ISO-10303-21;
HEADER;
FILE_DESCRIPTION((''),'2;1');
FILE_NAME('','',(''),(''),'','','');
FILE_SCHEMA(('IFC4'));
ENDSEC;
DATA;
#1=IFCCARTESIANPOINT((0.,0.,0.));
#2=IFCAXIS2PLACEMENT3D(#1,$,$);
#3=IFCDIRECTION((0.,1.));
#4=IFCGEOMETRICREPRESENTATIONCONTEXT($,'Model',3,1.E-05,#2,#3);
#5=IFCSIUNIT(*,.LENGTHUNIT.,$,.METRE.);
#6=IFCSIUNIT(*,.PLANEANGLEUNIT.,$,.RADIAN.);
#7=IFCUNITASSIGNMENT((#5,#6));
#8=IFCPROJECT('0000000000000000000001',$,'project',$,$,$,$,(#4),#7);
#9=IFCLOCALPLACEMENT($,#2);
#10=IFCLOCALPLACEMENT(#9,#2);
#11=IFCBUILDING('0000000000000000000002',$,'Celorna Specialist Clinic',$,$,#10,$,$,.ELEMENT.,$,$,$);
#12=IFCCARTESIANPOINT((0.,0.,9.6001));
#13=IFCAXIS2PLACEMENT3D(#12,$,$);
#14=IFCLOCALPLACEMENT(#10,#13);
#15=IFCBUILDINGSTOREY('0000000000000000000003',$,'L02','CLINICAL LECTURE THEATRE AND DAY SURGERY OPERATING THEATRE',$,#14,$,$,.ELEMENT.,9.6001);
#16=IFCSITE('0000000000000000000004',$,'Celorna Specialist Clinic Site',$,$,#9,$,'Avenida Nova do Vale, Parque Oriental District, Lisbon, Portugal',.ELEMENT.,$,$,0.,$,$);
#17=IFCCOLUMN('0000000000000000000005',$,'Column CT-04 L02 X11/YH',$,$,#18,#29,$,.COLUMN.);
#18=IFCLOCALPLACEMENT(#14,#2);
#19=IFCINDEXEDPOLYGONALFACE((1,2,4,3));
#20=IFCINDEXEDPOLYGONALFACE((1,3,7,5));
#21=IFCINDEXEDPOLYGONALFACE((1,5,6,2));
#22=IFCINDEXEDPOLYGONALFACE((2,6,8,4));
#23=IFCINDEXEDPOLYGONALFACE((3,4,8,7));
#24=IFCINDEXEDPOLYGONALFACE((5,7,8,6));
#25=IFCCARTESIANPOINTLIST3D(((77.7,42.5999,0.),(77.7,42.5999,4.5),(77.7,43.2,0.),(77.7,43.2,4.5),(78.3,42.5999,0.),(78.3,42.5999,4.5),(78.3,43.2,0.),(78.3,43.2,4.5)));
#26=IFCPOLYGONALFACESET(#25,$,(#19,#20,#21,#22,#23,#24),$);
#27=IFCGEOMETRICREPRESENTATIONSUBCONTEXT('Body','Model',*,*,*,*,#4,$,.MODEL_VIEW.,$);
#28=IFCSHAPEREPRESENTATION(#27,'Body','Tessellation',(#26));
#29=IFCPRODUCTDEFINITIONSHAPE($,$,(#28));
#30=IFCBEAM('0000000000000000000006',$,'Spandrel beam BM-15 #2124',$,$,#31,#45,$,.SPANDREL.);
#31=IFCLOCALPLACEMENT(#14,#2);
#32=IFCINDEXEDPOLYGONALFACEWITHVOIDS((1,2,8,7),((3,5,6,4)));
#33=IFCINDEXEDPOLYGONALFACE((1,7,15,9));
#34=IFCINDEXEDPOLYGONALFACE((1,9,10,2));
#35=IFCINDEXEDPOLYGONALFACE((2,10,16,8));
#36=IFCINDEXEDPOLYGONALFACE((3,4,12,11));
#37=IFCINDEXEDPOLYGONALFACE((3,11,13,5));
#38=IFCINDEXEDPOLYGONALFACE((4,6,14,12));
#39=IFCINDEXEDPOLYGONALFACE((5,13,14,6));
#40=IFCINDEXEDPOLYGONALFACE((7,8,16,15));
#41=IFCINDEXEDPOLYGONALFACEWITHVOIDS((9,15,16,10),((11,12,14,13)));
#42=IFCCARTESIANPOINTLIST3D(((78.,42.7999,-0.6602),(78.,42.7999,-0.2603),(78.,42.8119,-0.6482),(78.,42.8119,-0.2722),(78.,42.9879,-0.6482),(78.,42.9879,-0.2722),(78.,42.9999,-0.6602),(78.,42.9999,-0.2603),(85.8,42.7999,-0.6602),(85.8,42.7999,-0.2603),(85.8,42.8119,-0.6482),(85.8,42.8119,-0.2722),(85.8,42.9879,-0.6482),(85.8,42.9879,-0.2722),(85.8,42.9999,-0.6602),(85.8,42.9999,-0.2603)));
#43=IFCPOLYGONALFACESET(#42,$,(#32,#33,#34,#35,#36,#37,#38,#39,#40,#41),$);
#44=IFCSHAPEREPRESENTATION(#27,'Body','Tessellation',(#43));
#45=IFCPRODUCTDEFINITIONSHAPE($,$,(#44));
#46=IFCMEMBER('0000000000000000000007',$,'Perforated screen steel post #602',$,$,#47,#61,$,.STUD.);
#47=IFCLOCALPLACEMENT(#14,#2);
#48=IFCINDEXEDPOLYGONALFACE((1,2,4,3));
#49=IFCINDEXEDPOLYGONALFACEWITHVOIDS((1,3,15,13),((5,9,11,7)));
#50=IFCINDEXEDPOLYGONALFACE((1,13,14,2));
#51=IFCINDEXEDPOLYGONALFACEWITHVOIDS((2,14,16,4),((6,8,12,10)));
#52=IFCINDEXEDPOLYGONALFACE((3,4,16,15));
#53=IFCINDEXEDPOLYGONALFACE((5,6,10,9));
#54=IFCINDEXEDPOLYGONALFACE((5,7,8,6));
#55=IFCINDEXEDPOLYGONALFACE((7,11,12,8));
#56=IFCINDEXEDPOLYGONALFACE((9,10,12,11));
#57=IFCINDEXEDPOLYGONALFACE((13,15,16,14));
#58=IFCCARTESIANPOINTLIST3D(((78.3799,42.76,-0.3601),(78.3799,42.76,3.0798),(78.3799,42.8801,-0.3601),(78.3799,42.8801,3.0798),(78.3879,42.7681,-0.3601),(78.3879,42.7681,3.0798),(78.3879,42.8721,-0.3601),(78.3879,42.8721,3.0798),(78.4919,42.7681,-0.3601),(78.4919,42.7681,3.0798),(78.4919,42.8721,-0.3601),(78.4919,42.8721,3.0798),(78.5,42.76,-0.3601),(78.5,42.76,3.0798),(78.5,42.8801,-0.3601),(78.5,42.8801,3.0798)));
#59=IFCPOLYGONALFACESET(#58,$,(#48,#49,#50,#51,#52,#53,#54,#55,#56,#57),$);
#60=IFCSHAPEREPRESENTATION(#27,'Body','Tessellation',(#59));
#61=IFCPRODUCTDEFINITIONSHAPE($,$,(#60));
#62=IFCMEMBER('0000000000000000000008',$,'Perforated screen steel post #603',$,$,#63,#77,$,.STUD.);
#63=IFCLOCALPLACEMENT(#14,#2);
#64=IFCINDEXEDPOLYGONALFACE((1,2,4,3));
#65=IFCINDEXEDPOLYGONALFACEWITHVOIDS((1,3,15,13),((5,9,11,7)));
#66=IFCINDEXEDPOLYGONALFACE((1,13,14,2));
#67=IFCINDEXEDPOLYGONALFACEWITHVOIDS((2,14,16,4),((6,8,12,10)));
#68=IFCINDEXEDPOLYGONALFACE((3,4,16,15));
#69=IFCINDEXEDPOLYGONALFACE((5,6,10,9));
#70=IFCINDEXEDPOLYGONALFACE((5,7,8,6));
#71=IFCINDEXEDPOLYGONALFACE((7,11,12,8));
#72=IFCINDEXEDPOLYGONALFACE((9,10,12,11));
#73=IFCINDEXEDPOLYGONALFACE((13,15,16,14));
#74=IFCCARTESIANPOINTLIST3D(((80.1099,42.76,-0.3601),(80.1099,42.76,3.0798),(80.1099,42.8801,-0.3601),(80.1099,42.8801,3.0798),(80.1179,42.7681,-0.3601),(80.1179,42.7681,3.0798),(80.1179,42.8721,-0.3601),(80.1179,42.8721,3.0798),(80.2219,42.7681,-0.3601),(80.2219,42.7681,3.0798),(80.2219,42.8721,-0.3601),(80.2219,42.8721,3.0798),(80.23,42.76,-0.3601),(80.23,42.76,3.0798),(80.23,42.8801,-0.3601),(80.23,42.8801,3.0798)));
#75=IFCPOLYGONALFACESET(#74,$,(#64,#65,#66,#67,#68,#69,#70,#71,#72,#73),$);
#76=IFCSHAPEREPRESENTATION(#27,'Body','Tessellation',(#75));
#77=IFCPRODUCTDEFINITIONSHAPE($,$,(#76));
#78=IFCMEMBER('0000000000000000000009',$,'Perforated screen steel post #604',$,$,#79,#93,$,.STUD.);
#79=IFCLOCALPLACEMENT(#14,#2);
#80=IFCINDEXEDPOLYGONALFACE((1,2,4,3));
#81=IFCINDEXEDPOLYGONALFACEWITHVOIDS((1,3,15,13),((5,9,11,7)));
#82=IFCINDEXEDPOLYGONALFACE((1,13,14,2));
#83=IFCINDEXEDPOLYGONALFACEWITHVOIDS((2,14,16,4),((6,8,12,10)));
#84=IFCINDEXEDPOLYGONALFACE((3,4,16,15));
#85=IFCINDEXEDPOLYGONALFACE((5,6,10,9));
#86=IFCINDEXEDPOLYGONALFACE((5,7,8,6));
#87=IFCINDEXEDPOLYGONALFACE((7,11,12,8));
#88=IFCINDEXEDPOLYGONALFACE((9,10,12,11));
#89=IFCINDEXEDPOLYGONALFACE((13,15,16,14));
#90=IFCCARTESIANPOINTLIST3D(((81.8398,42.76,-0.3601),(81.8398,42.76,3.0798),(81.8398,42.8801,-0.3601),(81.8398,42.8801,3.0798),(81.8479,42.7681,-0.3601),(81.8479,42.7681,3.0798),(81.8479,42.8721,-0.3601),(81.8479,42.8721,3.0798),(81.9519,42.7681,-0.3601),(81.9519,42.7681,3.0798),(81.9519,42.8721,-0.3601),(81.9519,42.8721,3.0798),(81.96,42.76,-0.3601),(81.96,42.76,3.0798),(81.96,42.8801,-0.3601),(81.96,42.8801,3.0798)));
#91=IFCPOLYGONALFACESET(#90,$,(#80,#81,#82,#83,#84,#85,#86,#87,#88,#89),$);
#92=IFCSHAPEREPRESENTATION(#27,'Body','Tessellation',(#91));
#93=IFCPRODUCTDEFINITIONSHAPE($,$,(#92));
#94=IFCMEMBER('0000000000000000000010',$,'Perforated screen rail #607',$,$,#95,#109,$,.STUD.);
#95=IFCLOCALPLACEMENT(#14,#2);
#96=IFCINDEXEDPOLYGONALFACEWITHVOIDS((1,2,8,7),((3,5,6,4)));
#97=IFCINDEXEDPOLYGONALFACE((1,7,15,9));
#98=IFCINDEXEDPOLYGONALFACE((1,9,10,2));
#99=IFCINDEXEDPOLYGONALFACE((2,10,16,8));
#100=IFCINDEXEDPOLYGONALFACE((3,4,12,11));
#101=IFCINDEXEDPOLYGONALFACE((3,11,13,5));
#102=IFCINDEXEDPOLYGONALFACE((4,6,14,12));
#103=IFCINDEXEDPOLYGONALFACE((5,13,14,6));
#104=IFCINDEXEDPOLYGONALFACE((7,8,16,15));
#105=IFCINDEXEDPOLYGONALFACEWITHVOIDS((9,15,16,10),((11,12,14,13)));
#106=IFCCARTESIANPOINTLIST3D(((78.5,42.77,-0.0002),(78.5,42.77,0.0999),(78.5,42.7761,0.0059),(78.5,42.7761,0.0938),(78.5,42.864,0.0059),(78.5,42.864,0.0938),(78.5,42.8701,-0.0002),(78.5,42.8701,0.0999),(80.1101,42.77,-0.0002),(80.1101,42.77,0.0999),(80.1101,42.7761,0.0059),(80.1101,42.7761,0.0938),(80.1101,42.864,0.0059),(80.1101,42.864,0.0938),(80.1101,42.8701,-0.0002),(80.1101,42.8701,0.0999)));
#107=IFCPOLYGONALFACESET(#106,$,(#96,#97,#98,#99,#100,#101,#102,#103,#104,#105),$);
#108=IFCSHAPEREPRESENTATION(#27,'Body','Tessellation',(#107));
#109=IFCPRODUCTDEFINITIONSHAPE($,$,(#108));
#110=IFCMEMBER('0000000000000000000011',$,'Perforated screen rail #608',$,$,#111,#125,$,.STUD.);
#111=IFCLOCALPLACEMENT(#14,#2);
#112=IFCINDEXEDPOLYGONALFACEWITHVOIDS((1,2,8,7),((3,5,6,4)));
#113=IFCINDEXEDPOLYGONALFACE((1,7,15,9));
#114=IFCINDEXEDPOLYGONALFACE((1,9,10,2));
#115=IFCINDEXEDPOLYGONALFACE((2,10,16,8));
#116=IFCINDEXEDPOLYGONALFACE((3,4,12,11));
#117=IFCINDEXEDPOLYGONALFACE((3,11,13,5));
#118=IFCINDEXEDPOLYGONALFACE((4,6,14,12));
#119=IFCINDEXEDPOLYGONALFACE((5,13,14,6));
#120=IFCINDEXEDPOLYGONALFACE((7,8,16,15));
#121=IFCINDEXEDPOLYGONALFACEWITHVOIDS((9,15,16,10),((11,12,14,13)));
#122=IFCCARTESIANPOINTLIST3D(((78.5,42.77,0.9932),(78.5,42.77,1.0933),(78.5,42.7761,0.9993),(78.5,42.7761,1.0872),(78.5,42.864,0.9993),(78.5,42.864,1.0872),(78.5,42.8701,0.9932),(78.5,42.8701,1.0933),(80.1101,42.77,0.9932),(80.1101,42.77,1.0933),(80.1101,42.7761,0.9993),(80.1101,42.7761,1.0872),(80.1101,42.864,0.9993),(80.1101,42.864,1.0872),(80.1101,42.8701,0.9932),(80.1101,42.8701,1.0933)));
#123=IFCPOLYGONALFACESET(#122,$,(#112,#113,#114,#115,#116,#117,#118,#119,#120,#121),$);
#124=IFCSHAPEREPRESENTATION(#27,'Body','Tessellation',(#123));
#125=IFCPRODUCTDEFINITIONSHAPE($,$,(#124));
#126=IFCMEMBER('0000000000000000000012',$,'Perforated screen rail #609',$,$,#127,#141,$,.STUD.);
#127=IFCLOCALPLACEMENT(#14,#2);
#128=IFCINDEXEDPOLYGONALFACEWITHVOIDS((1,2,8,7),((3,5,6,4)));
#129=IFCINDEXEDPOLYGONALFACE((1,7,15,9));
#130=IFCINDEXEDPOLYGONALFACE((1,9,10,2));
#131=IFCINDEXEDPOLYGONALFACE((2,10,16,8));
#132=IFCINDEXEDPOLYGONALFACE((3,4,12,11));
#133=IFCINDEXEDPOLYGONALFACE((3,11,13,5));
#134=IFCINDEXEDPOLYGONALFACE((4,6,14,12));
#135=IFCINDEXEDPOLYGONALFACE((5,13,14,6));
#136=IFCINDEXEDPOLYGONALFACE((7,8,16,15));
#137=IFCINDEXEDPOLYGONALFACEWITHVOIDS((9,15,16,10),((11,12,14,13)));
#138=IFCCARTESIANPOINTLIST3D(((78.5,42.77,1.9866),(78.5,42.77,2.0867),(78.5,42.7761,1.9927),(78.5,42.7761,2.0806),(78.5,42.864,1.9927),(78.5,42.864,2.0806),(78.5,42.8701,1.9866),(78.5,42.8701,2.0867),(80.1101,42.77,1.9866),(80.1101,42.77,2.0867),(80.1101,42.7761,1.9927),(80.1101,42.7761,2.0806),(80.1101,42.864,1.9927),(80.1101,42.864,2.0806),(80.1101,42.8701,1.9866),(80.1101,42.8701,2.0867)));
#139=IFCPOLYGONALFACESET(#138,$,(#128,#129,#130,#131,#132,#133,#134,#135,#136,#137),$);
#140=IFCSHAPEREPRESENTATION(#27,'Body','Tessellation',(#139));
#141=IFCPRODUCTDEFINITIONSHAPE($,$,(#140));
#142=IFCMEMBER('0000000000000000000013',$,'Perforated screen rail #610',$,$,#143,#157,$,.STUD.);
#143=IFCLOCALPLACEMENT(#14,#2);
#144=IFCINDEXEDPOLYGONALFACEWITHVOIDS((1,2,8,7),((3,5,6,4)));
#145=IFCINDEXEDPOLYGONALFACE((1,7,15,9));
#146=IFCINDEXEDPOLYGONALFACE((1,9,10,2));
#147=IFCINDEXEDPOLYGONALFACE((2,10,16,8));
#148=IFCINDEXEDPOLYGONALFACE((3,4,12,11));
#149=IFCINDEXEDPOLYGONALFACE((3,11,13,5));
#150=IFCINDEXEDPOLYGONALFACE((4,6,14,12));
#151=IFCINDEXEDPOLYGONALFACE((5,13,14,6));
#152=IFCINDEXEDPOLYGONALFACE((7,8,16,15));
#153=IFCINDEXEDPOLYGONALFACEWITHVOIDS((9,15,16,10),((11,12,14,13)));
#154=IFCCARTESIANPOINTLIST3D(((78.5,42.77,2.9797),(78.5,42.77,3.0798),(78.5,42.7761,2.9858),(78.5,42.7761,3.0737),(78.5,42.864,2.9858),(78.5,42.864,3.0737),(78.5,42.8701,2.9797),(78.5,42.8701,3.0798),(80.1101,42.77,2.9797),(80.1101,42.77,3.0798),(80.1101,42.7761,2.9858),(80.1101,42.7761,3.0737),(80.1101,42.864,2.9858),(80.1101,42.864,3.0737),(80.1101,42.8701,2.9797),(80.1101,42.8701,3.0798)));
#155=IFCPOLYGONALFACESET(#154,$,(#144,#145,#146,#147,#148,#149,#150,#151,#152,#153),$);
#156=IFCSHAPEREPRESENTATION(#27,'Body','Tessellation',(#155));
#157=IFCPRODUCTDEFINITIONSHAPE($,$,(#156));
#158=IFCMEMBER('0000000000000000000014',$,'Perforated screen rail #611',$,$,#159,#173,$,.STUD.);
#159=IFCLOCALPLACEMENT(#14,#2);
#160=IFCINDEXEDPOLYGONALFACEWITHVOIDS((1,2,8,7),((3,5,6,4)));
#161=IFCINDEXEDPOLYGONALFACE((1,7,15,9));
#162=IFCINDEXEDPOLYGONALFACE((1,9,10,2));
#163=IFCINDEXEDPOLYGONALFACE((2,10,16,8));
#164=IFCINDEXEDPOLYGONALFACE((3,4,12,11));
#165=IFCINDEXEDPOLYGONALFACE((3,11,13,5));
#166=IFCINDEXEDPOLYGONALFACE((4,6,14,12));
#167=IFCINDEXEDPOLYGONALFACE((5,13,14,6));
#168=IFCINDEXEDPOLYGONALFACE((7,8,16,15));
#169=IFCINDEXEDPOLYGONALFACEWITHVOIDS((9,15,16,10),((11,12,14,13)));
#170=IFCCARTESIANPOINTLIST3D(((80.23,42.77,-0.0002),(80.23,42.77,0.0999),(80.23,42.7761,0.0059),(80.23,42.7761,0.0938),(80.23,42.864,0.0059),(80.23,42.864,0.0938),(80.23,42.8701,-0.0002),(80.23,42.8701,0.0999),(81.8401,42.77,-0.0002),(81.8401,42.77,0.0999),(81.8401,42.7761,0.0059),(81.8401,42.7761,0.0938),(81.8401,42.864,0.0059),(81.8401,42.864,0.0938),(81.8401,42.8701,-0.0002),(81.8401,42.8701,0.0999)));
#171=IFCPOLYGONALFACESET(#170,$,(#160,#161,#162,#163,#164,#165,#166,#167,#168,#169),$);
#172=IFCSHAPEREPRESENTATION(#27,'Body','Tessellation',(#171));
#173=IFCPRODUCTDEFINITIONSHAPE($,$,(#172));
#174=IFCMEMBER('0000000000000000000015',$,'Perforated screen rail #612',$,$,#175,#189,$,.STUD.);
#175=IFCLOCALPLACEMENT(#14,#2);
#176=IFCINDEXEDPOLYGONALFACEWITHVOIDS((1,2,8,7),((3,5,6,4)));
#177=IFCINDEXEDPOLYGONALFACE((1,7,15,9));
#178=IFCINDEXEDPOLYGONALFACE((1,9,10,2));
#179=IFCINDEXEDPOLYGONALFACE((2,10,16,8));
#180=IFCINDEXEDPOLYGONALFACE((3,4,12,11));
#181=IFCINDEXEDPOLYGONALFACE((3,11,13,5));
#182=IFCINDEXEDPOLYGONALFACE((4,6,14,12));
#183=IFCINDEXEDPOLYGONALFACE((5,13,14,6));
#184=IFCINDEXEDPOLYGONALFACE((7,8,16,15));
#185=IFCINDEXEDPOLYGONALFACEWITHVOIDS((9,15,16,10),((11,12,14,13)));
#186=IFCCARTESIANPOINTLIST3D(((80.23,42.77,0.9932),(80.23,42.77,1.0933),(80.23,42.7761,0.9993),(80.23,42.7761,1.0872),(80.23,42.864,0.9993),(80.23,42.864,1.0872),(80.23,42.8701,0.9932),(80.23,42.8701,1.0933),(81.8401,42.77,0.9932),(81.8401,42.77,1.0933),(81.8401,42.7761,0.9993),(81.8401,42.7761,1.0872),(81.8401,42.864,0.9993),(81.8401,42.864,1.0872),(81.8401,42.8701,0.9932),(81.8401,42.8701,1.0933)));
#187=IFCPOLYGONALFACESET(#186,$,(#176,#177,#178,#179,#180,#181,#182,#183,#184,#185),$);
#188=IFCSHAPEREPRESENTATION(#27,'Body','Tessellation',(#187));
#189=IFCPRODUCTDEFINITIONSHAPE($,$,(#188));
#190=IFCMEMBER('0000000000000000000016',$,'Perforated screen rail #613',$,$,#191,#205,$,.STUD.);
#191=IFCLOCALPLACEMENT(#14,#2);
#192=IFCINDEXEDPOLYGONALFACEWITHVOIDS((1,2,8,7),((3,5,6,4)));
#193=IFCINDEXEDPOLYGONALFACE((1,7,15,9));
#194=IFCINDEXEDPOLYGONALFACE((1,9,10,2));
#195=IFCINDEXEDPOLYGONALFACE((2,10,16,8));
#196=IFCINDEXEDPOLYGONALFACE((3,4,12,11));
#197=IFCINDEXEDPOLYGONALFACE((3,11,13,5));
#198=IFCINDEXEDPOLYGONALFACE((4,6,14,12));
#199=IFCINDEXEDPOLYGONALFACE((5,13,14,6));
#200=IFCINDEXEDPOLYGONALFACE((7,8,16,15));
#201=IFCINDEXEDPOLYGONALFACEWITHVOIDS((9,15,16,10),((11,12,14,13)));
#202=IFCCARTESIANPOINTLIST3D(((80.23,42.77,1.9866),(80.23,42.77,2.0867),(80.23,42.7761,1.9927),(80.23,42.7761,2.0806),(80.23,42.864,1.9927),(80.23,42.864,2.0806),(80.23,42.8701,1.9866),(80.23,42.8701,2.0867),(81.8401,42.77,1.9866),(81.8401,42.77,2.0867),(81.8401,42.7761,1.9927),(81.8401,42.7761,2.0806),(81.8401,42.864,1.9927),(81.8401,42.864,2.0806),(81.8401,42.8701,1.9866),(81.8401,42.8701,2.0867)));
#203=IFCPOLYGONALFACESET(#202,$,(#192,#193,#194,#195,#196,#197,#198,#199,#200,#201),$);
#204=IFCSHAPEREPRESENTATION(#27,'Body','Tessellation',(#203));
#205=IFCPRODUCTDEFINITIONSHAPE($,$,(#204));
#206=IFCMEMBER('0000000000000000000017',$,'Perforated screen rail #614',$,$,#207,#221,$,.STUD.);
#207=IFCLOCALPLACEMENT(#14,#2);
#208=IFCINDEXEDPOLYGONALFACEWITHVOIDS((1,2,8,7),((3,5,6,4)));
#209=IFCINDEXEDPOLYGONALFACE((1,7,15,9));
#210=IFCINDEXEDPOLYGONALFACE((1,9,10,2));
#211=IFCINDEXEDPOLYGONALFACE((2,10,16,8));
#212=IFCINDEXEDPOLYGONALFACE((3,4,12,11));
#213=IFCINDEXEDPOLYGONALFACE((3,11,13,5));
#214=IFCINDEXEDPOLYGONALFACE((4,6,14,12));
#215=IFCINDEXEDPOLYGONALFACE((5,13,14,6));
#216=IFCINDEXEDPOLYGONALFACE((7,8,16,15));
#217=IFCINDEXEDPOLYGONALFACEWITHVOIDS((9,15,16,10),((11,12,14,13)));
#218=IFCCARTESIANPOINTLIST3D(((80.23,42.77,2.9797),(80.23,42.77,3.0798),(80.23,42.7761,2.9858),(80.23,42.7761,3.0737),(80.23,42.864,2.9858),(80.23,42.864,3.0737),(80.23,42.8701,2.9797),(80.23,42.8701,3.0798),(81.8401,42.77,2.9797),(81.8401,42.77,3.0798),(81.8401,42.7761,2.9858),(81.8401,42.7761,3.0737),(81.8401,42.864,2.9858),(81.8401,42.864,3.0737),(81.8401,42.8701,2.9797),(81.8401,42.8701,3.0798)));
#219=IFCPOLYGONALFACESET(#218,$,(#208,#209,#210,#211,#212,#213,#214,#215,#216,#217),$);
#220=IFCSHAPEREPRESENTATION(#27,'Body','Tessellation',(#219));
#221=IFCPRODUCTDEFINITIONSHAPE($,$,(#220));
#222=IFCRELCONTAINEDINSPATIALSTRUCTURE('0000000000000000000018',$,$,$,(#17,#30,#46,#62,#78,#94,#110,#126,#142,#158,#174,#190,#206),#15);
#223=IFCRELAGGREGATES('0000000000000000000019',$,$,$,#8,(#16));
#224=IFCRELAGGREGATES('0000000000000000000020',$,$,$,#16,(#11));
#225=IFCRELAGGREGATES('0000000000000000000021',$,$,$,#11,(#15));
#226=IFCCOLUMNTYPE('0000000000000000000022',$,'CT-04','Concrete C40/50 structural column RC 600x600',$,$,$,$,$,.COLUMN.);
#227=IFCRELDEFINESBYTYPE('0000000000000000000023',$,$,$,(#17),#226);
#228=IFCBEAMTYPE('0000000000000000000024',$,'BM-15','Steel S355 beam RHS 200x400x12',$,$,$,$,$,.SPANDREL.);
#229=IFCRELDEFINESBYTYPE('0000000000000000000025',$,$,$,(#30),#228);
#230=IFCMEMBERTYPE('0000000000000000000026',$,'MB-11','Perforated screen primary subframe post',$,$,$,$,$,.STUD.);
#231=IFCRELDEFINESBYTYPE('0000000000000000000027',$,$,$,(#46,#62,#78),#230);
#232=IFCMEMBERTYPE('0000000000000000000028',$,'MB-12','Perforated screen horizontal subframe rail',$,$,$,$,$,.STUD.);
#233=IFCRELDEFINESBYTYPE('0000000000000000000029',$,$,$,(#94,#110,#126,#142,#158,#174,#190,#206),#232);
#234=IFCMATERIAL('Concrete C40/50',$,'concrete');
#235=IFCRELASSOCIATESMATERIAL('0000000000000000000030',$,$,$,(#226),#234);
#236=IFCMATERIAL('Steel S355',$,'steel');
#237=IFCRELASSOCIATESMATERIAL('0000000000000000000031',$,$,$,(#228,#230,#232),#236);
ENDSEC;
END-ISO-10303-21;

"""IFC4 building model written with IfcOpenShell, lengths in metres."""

from ifc_helpers import new_model, si_unit, direction, frame, origin, origin_2d, place, context, subcontext, project, spatial, rectangle, hollow_rectangle, extrude, material, material_profile, profile_set, type_object, element, save


model = new_model("IFC4")

# Units and contexts
model_context = context("Model", 3, precision=1e-05, world=origin(), true_north=direction((0.0, 1.0)))
body_context = subcontext(model_context, "Body", "Model", "MODEL_VIEW")
ifc_project = project(units=[si_unit("LENGTHUNIT", "METRE"), si_unit("PLANEANGLEUNIT", "RADIAN")], contexts=[model_context])

# Site, building, storey
site_placement = place(None, origin())
site = spatial("IfcSite", under=ifc_project, at=site_placement, Name="Celorna Specialist Clinic Site", LongName="Avenida Nova do Vale, Parque Oriental District, Lisbon, Portugal", CompositionType="ELEMENT", RefElevation=0.0)
building_placement = place(site_placement, origin())
building = spatial("IfcBuilding", under=site, at=building_placement, Name="Celorna Specialist Clinic", CompositionType="ELEMENT")
storey_placement = place(building_placement, frame((0.0, 0.0, 9.6001)))
storey = spatial("IfcBuildingStorey", under=building, at=storey_placement, Name="L02", Description="CLINICAL LECTURE THEATRE AND DAY SURGERY OPERATING THEATRE", CompositionType="ELEMENT", Elevation=9.6001)

# Column
ifc_material_1 = material(Name="Concrete C40/50", Category="concrete")
ifc_material_profile_1 = material_profile(ifc_material_1, rectangle(XDim=0.6001, YDim=0.6001, at=origin_2d()), Name="RC 600x600")
ifc_profile_set_1 = profile_set([ifc_material_profile_1], Name="Concrete C40/50")
column_type = type_object("IfcColumnType", Name="CT-04", Description="Concrete C40/50 structural column RC 600x600", PredefinedType="COLUMN", material=ifc_profile_set_1)
column_placement = place(storey_placement, frame((78.0, 42.8999, 0.0), z_axis=(0.0, 0.0, 1.0), x_axis=(1.0, 0.0, 0.0)))
element("IfcColumn", 1, at=column_placement, inside=storey, type_object=column_type, Name="Column CT-04 L02 X11/YH", PredefinedType="COLUMN", context=body_context, shape_type="SweptSolid", body=[
    extrude(rectangle(XDim=0.6001, YDim=0.6001, at=origin_2d()), origin(), (0.0, 0.0, 1.0), 4.5),
])

# Beam
ifc_material_2 = material(Name="Steel S355", Category="steel")
ifc_material_profile_2 = material_profile(ifc_material_2, hollow_rectangle(XDim=0.2, YDim=0.3999, WallThickness=0.012, at=origin_2d()), Name="RHS 200x400x12")
ifc_profile_set_2 = profile_set([ifc_material_profile_2], Name="Steel S355")
beam_type = type_object("IfcBeamType", Name="BM-15", Description="Steel S355 beam RHS 200x400x12", PredefinedType="SPANDREL", material=ifc_profile_set_2)
beam_placement = place(storey_placement, frame((78.0, 42.8999, -0.4602), z_axis=(1.0, 0.0, 0.0), x_axis=(0.0, 1.0, 0.0)))
element("IfcBeam", 2, at=beam_placement, inside=storey, type_object=beam_type, Name="Spandrel beam BM-15 #2124", PredefinedType="SPANDREL", context=body_context, shape_type="SweptSolid", body=[
    extrude(hollow_rectangle(XDim=0.2, YDim=0.3999, WallThickness=0.012, at=origin_2d()), origin(), (0.0, 0.0, 1.0), 7.8),
])

# Members
ifc_material_profile_3 = material_profile(ifc_material_2, hollow_rectangle(XDim=0.1201, YDim=0.1201, WallThickness=0.0081, at=origin_2d()), Name="SHS 120x120x8")
ifc_profile_set_3 = profile_set([ifc_material_profile_3], Name="Steel S355")
member_type_1 = type_object("IfcMemberType", Name="MB-11", Description="Perforated screen primary subframe post", PredefinedType="STUD", material=ifc_profile_set_3)
for number, where, z_axis, x_axis, name in (
    (3, (78.4399, 42.8201, -0.3601), (0.0, 0.0, 1.0), (1.0, 0.0, 0.0), "Perforated screen steel post #602"),
    (4, (80.1699, 42.8201, -0.3601), (0.0, 0.0, 1.0), (1.0, 0.0, 0.0), "Perforated screen steel post #603"),
    (5, (81.8999, 42.8201, -0.3601), (0.0, 0.0, 1.0), (1.0, 0.0, 0.0), "Perforated screen steel post #604"),
):
    element("IfcMember", number, at=place(storey_placement, frame(where, z_axis=z_axis, x_axis=x_axis)), inside=storey, type_object=member_type_1, Name=name, PredefinedType="STUD", context=body_context, shape_type="SweptSolid", body=[
        extrude(hollow_rectangle(XDim=0.1201, YDim=0.1201, WallThickness=0.0081, at=origin_2d()), origin(), (0.0, 0.0, 1.0), 3.4399),
    ])
ifc_material_profile_4 = material_profile(ifc_material_2, hollow_rectangle(XDim=0.1001, YDim=0.1001, WallThickness=0.0061, at=origin_2d()), Name="SHS 100x100x6")
ifc_profile_set_4 = profile_set([ifc_material_profile_4], Name="Steel S355")
member_type_2 = type_object("IfcMemberType", Name="MB-12", Description="Perforated screen horizontal subframe rail", PredefinedType="STUD", material=ifc_profile_set_4)
for number, where, z_axis, x_axis, name in (
    (6, (78.5, 42.8201, 0.0498), (1.0, 0.0, 0.0), (0.0, 1.0, 0.0), "Perforated screen rail #607"),
    (7, (78.5, 42.8201, 1.0432), (1.0, 0.0, 0.0), (0.0, 1.0, 0.0), "Perforated screen rail #608"),
    (8, (78.5, 42.8201, 2.0366), (1.0, 0.0, 0.0), (0.0, 1.0, 0.0), "Perforated screen rail #609"),
    (9, (78.5, 42.8201, 3.0298), (1.0, 0.0, 0.0), (0.0, 1.0, 0.0), "Perforated screen rail #610"),
    (10, (80.23, 42.8201, 0.0498), (1.0, 0.0, 0.0), (0.0, 1.0, 0.0), "Perforated screen rail #611"),
    (11, (80.23, 42.8201, 1.0432), (1.0, 0.0, 0.0), (0.0, 1.0, 0.0), "Perforated screen rail #612"),
    (12, (80.23, 42.8201, 2.0366), (1.0, 0.0, 0.0), (0.0, 1.0, 0.0), "Perforated screen rail #613"),
    (13, (80.23, 42.8201, 3.0298), (1.0, 0.0, 0.0), (0.0, 1.0, 0.0), "Perforated screen rail #614"),
):
    element("IfcMember", number, at=place(storey_placement, frame(where, z_axis=z_axis, x_axis=x_axis)), inside=storey, type_object=member_type_2, Name=name, PredefinedType="STUD", context=body_context, shape_type="SweptSolid", body=[
        extrude(hollow_rectangle(XDim=0.1001, YDim=0.1001, WallThickness=0.0061, at=origin_2d()), origin(), (0.0, 0.0, 1.0), 1.6101),
    ])

save(model, "model.ifc")
